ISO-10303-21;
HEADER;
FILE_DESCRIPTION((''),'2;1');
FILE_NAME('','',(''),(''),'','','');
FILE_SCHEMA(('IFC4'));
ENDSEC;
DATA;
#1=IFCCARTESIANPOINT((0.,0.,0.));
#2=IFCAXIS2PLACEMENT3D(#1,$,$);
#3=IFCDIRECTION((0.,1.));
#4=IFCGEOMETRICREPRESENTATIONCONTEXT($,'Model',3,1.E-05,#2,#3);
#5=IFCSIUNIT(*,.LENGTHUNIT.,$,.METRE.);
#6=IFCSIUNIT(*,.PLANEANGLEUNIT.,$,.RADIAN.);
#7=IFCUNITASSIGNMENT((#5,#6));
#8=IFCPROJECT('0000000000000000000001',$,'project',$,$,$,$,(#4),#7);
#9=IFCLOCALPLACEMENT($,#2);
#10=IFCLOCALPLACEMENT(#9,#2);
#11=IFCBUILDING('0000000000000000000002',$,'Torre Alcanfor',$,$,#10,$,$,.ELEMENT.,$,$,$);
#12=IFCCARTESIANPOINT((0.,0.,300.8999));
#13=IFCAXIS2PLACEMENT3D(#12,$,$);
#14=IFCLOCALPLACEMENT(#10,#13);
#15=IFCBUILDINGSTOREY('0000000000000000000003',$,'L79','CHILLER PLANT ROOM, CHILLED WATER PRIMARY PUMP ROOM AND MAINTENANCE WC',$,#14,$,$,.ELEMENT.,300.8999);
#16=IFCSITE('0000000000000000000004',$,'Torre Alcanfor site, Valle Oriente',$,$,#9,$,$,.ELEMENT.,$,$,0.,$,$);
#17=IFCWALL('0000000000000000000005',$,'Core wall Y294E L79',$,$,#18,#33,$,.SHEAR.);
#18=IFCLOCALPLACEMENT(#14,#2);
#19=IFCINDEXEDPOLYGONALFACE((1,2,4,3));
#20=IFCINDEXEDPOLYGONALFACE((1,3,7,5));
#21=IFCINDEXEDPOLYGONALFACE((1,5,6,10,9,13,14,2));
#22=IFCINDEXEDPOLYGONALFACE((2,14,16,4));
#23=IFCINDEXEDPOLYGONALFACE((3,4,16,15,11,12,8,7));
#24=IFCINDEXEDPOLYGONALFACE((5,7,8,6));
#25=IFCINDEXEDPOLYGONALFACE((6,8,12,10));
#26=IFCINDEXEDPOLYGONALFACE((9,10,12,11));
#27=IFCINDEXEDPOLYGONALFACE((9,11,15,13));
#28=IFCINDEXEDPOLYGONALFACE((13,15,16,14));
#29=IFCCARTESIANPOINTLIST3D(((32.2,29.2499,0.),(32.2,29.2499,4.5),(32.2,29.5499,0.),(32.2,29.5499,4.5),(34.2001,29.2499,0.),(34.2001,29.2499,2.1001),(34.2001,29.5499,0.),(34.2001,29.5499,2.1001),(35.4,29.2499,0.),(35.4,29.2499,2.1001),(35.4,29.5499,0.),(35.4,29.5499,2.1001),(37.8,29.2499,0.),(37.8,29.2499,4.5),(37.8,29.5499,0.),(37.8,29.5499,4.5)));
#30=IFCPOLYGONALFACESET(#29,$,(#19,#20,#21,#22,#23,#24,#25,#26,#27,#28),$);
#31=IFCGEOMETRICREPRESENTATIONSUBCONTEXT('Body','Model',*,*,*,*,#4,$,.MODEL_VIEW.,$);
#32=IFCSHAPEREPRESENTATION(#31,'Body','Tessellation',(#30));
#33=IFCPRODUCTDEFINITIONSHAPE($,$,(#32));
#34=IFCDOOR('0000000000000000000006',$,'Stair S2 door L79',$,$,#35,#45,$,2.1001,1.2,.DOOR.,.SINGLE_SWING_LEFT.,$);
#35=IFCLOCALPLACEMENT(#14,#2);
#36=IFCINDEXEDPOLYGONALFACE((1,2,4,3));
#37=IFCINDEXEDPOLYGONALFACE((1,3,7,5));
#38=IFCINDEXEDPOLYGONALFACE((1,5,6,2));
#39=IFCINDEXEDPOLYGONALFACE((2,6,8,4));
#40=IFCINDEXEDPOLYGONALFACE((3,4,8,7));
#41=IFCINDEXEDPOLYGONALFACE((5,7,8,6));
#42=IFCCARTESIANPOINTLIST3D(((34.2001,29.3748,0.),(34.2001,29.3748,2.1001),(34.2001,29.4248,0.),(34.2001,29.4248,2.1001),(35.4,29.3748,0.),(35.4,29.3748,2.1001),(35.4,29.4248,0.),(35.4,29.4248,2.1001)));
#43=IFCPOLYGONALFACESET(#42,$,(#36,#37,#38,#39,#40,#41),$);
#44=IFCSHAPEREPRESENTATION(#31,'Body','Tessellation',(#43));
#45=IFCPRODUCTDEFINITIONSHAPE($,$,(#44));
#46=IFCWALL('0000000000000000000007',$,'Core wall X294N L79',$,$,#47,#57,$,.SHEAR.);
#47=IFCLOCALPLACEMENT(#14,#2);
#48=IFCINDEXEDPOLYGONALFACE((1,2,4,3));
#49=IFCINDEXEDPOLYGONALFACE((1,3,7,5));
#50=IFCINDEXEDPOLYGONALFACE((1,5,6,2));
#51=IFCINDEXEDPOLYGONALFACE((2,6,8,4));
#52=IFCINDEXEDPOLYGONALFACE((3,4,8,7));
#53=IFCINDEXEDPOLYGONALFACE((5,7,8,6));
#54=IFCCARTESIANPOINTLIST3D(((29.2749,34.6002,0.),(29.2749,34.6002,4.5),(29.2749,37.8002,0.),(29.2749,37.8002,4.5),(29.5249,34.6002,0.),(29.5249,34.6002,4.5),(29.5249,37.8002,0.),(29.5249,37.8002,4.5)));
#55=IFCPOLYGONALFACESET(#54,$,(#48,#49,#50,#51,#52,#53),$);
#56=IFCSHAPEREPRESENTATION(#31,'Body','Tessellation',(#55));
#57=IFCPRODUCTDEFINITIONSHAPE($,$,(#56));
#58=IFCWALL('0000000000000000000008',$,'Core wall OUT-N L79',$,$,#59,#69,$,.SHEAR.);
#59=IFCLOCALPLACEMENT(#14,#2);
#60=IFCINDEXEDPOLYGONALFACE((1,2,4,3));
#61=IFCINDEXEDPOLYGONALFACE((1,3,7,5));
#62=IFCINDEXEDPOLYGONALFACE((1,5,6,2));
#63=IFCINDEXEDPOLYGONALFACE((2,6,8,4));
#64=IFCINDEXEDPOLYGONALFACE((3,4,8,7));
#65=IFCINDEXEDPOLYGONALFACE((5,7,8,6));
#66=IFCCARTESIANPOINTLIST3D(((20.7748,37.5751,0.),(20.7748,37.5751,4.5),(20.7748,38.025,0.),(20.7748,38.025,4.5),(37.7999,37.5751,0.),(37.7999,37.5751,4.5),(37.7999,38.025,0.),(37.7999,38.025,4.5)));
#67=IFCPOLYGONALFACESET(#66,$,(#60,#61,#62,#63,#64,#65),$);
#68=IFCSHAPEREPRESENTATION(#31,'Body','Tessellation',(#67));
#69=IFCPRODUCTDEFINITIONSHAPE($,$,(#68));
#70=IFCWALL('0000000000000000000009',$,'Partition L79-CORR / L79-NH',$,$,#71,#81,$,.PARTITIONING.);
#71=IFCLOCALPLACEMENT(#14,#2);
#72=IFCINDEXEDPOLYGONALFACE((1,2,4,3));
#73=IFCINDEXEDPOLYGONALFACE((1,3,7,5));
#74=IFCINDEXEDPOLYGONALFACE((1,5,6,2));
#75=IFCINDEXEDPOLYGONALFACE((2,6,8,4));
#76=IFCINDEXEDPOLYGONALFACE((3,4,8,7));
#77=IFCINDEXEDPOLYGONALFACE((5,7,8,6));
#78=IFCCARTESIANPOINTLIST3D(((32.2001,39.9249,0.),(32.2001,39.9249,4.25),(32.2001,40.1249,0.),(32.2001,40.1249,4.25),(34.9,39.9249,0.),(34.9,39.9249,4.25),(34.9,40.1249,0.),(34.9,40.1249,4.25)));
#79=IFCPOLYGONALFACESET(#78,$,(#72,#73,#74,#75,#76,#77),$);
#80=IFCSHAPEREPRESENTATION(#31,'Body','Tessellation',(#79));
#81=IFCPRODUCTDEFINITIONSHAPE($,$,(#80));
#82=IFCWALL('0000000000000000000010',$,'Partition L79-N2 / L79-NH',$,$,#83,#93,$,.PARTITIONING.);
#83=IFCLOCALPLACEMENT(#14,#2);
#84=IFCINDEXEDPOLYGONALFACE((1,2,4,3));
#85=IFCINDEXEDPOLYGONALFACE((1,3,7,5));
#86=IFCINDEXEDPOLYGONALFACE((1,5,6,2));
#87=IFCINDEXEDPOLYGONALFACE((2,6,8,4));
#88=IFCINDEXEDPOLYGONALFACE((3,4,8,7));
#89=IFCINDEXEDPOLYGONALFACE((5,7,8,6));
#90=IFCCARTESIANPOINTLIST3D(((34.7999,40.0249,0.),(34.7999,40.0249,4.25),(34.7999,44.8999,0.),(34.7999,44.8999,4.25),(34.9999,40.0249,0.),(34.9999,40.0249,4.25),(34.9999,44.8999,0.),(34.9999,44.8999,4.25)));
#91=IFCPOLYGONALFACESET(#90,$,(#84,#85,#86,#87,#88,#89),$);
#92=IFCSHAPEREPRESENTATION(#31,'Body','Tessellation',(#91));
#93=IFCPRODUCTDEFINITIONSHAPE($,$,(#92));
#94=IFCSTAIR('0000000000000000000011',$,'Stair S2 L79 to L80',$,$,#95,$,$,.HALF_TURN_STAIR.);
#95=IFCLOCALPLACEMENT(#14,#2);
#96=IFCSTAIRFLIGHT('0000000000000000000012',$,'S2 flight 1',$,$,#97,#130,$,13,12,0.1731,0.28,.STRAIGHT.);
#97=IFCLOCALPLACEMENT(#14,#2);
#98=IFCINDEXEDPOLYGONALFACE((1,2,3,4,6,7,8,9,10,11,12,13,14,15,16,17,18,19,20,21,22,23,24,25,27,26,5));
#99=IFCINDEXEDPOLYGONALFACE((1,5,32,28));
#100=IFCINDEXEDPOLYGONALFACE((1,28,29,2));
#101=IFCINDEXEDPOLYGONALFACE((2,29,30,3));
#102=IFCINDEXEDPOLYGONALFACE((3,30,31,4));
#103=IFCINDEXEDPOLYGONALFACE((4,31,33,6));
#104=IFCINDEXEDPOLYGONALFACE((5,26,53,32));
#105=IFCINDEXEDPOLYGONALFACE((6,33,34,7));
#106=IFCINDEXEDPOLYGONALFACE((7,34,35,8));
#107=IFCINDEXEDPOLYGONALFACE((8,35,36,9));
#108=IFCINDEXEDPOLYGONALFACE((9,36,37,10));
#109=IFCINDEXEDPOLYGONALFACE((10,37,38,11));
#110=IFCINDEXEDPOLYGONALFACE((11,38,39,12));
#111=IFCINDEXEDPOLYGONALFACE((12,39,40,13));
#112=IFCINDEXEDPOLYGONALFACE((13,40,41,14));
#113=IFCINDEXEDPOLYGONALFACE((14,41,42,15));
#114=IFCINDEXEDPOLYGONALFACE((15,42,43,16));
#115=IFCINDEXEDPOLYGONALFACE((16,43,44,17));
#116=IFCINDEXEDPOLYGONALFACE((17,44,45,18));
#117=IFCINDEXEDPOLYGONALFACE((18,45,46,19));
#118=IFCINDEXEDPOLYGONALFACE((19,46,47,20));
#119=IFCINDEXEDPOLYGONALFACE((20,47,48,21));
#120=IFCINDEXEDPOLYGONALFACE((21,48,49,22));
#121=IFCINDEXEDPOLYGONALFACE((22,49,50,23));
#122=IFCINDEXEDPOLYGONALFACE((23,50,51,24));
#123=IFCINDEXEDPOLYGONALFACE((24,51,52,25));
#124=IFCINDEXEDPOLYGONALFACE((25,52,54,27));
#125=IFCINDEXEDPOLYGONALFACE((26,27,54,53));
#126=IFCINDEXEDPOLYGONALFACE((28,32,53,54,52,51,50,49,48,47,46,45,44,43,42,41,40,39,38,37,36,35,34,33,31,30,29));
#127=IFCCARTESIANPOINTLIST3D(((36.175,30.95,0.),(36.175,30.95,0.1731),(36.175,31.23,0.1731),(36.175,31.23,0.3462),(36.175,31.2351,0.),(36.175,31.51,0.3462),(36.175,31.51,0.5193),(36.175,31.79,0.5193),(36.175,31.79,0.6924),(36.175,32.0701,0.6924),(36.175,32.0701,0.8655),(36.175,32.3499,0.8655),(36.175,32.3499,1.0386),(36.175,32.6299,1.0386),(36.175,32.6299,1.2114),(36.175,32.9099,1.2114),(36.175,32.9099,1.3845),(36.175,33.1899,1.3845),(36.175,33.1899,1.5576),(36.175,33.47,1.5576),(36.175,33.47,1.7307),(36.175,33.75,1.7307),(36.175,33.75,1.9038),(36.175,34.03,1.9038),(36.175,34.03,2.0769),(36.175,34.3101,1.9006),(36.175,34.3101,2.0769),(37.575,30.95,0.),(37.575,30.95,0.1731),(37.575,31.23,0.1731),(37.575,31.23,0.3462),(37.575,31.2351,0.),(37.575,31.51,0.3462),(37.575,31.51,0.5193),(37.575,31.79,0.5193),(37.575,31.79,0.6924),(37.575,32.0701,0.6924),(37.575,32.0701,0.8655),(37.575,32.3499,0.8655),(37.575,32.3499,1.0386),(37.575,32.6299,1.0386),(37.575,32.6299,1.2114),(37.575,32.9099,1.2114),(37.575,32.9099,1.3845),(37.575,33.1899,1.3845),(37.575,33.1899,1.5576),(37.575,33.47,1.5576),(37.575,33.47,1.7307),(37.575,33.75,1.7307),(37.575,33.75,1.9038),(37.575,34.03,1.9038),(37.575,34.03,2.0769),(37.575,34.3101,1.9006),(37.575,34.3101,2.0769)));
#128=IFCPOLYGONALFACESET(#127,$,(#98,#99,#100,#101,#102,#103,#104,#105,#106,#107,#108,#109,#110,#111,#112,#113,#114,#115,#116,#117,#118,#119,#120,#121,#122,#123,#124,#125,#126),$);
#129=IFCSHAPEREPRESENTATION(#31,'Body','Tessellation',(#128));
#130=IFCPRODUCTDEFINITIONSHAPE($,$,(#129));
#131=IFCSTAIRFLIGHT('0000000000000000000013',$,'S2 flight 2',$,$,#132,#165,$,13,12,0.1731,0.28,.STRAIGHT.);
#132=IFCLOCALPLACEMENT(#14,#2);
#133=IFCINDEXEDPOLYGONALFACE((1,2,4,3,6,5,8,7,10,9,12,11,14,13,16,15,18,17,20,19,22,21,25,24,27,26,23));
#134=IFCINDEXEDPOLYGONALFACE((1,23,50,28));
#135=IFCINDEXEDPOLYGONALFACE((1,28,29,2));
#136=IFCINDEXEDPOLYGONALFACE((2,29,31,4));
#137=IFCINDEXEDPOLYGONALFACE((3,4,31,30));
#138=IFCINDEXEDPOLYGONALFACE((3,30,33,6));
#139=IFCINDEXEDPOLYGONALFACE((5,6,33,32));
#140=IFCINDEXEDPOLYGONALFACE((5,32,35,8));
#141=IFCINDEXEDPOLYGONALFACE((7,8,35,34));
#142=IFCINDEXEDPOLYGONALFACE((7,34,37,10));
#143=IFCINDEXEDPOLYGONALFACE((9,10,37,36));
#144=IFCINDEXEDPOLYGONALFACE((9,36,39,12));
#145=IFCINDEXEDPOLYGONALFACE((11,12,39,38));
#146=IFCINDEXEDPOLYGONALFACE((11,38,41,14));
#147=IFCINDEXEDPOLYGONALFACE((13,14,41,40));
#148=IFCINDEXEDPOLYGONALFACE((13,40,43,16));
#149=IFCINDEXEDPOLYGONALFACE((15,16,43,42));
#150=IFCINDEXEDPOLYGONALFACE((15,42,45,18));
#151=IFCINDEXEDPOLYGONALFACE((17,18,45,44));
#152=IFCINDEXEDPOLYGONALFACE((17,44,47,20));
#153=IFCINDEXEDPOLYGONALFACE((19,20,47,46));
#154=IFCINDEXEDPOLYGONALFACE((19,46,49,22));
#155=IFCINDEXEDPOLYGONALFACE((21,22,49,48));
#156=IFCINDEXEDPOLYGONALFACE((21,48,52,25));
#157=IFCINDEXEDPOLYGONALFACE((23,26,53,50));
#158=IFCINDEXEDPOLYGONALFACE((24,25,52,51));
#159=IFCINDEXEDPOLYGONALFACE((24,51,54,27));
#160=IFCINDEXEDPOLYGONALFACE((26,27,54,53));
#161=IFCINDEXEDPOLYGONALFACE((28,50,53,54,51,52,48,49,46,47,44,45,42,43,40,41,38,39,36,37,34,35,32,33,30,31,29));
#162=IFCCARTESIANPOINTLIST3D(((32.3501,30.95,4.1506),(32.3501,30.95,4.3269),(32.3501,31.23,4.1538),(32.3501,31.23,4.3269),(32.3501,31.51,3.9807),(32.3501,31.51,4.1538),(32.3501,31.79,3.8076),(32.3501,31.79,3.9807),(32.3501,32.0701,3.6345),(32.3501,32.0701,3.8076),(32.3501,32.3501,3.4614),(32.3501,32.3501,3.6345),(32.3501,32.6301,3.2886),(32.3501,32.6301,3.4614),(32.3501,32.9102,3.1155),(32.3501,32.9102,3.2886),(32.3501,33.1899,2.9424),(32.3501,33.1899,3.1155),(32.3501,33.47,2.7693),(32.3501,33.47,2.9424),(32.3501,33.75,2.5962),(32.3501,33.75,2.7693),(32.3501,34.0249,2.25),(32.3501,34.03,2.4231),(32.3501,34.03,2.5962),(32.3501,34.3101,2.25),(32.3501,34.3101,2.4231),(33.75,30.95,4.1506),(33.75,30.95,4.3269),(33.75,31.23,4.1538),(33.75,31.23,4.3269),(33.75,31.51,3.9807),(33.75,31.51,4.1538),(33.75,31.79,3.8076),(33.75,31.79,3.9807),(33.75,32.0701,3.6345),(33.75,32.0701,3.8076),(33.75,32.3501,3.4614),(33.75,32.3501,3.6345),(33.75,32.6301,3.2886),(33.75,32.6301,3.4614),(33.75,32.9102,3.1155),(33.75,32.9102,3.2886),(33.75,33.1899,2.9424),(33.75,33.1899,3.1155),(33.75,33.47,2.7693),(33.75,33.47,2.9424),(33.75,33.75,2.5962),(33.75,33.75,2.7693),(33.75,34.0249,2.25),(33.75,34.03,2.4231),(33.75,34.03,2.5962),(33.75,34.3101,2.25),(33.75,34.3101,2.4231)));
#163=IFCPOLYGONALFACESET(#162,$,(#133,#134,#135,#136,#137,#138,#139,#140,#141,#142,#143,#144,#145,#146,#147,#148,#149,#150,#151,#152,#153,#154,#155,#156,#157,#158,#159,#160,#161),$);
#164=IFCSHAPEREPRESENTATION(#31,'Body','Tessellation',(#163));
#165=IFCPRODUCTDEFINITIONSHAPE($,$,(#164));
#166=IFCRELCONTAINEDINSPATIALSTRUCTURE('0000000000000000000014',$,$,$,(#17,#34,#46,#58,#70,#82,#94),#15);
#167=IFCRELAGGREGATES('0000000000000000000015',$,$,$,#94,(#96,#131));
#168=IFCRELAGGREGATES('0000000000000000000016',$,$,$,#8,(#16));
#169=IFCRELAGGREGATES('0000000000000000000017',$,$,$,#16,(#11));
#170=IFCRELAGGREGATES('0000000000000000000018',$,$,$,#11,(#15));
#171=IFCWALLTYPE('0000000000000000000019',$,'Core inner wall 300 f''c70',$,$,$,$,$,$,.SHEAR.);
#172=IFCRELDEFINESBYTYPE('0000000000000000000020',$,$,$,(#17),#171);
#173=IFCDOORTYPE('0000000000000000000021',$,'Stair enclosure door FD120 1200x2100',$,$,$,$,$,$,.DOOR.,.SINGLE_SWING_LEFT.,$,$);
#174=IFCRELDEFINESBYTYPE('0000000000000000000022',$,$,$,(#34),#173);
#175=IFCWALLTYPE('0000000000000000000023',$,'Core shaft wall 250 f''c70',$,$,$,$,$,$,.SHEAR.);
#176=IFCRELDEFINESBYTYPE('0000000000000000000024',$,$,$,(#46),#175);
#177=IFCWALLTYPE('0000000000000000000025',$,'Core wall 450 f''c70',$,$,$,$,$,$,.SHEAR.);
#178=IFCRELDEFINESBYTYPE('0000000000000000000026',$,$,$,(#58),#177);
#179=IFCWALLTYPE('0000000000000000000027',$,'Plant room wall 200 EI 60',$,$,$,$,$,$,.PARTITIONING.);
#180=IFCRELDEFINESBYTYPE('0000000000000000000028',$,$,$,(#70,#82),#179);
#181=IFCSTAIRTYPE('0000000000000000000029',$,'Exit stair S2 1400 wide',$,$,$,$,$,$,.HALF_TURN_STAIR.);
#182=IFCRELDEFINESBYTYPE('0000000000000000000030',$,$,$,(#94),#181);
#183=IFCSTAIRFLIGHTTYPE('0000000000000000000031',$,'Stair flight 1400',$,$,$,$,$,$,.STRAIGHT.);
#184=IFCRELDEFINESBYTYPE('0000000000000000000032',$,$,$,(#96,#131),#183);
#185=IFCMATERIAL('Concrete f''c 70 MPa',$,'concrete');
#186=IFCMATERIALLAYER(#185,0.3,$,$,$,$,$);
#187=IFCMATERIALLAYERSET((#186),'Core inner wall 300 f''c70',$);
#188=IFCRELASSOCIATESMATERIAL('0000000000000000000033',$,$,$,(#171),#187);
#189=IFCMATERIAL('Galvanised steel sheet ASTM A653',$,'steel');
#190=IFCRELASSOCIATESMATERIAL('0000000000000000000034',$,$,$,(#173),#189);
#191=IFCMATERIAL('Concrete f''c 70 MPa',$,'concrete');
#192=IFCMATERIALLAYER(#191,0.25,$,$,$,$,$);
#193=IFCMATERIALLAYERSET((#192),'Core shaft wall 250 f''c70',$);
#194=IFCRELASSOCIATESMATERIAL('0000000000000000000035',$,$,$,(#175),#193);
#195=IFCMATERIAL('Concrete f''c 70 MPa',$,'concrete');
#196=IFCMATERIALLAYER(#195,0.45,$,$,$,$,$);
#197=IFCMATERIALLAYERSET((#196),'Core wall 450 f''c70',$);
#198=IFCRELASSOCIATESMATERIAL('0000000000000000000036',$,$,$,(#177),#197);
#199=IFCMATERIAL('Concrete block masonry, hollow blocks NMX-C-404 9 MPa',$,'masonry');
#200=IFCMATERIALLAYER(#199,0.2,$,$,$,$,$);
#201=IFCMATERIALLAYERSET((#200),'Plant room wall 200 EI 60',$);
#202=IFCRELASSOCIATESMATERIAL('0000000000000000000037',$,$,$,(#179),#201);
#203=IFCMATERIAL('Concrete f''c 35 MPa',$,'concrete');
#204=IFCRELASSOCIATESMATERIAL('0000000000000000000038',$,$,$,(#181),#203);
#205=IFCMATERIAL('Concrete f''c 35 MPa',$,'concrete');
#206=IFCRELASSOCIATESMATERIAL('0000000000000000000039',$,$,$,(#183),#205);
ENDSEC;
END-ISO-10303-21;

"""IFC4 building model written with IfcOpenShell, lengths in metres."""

from ifc_helpers import new_model, si_unit, direction, frame, frame_2d, origin, place, context, subcontext, project, spatial, polyline, rectangle, outline, extrude, material, layer, layer_set, type_object, element, fill, aggregate, save


model = new_model("IFC4")

# Units and contexts
model_context = context("Model", 3, precision=1e-05, world=origin(), true_north=direction((0.0, 1.0)))
body_context = subcontext(model_context, "Body", "Model", "MODEL_VIEW")
ifc_project = project(units=[si_unit("LENGTHUNIT", "METRE"), si_unit("PLANEANGLEUNIT", "RADIAN")], contexts=[model_context])

# Site, building, storey
site_placement = place(None, origin())
site = spatial("IfcSite", under=ifc_project, at=site_placement, Name="Torre Alcanfor site, Valle Oriente", CompositionType="ELEMENT", RefElevation=0.0)
building_placement = place(site_placement, origin())
building = spatial("IfcBuilding", under=site, at=building_placement, Name="Torre Alcanfor", CompositionType="ELEMENT")
storey_placement = place(building_placement, frame((0.0, 0.0, 300.8999)))
storey = spatial("IfcBuildingStorey", under=building, at=storey_placement, Name="L79", Description="CHILLER PLANT ROOM, CHILLED WATER PRIMARY PUMP ROOM AND MAINTENANCE WC", CompositionType="ELEMENT", Elevation=300.8999)

# Wall, opening, door
ifc_material_1 = material(Name="Concrete f'c 70 MPa", Category="concrete")
ifc_layer_1 = layer(ifc_material_1, 0.3)
ifc_layer_set_1 = layer_set([ifc_layer_1], Name="Core inner wall 300 f'c70")
wall_type_1 = type_object("IfcWallType", Name="Core inner wall 300 f'c70", PredefinedType="SHEAR", material=ifc_layer_set_1)
wall_1_placement = place(storey_placement, frame((32.2, 29.3999, 0.0), z_axis=(0.0, 0.0, 1.0), x_axis=(1.0, 0.0, 0.0)))
wall_1 = element("IfcWall", 1, at=wall_1_placement, inside=storey, type_object=wall_type_1, Name="Core wall Y294E L79", PredefinedType="SHEAR", context=body_context, shape_type="SweptSolid", body=[
    extrude(rectangle(XDim=5.6001, YDim=0.3, at=frame_2d((2.8, 0.0))), origin(), (0.0, 0.0, 1.0), 4.5),
])
opening_1_placement = place(wall_1_placement, frame((2.0, 0.0, 0.0)))
opening_1 = element("IfcOpeningElement", 2, at=opening_1_placement, cuts=wall_1, PredefinedType="OPENING", context=body_context, shape_type="SweptSolid", body=[
    extrude(rectangle(XDim=1.2, YDim=2.1001, at=frame_2d((0.6001, 1.05))), frame((0.0, 0.1599, 0.0), z_axis=(0.0, -1.0, 0.0), x_axis=(1.0, 0.0, 0.0)), (0.0, 0.0, 1.0), 0.3201),
])
ifc_material_2 = material(Name="Galvanised steel sheet ASTM A653", Category="steel")
door_type_1 = type_object("IfcDoorType", Name="Stair enclosure door FD120 1200x2100", OperationType="SINGLE_SWING_LEFT", PredefinedType="DOOR", material=ifc_material_2)
door_1_placement = place(opening_1_placement, origin())
door_1 = element("IfcDoor", 3, at=door_1_placement, inside=storey, type_object=door_type_1, Name="Stair S2 door L79", OperationType="SINGLE_SWING_LEFT", OverallHeight=2.1001, OverallWidth=1.2, PredefinedType="DOOR", context=body_context, shape_type="SweptSolid", body=[
    extrude(rectangle(XDim=1.2, YDim=2.1001, at=frame_2d((0.6001, 1.05))), frame((0.0, 0.0249, 0.0), z_axis=(0.0, -1.0, 0.0), x_axis=(1.0, 0.0, 0.0)), (0.0, 0.0, 1.0), 0.05),
])
fill(opening_1, door_1)

# Walls
ifc_material_3 = material(Name="Concrete f'c 70 MPa", Category="concrete")
ifc_layer_2 = layer(ifc_material_3, 0.25)
ifc_layer_set_2 = layer_set([ifc_layer_2], Name="Core shaft wall 250 f'c70")
wall_type_2 = type_object("IfcWallType", Name="Core shaft wall 250 f'c70", PredefinedType="SHEAR", material=ifc_layer_set_2)
wall_2_placement = place(storey_placement, frame((29.3999, 34.6001, 0.0), z_axis=(0.0, 0.0, 1.0), x_axis=(0.0, 1.0, 0.0)))
element("IfcWall", 4, at=wall_2_placement, inside=storey, type_object=wall_type_2, Name="Core wall X294N L79", PredefinedType="SHEAR", context=body_context, shape_type="SweptSolid", body=[
    extrude(rectangle(XDim=3.2, YDim=0.25, at=frame_2d((1.6001, 0.0))), origin(), (0.0, 0.0, 1.0), 4.5),
])
ifc_material_4 = material(Name="Concrete f'c 70 MPa", Category="concrete")
ifc_layer_3 = layer(ifc_material_4, 0.45)
ifc_layer_set_3 = layer_set([ifc_layer_3], Name="Core wall 450 f'c70")
wall_type_3 = type_object("IfcWallType", Name="Core wall 450 f'c70", PredefinedType="SHEAR", material=ifc_layer_set_3)
wall_3_placement = place(storey_placement, frame((37.8, 37.8, 0.0), z_axis=(0.0, 0.0, 1.0), x_axis=(-1.0, 0.0, 0.0)))
element("IfcWall", 5, at=wall_3_placement, inside=storey, type_object=wall_type_3, Name="Core wall OUT-N L79", PredefinedType="SHEAR", context=body_context, shape_type="SweptSolid", body=[
    extrude(rectangle(XDim=17.0251, YDim=0.45, at=frame_2d((8.5127, 0.0))), origin(), (0.0, 0.0, 1.0), 4.5),
])

# Shared definitions
ifc_material_5 = material(Name="Concrete block masonry, hollow blocks NMX-C-404 9 MPa", Category="masonry")
ifc_layer_4 = layer(ifc_material_5, 0.2)
ifc_layer_set_4 = layer_set([ifc_layer_4], Name="Plant room wall 200 EI 60")
wall_type_4 = type_object("IfcWallType", Name="Plant room wall 200 EI 60", PredefinedType="PARTITIONING", material=ifc_layer_set_4)

# Walls
wall_4_placement = place(storey_placement, frame((32.2, 40.0249, 0.0), z_axis=(0.0, 0.0, 1.0), x_axis=(1.0, 0.0, 0.0)))
element("IfcWall", 6, at=wall_4_placement, inside=storey, type_object=wall_type_4, Name="Partition L79-CORR / L79-NH", PredefinedType="PARTITIONING", context=body_context, shape_type="SweptSolid", body=[
    extrude(rectangle(XDim=2.7, YDim=0.2, at=frame_2d((1.3501, 0.0))), origin(), (0.0, 0.0, 1.0), 4.25),
])
wall_5_placement = place(storey_placement, frame((34.8999, 40.0249, 0.0), z_axis=(0.0, 0.0, 1.0), x_axis=(0.0, 1.0, 0.0)))
element("IfcWall", 7, at=wall_5_placement, inside=storey, type_object=wall_type_4, Name="Partition L79-N2 / L79-NH", PredefinedType="PARTITIONING", context=body_context, shape_type="SweptSolid", body=[
    extrude(rectangle(XDim=4.875, YDim=0.2, at=frame_2d((2.4375, 0.0))), origin(), (0.0, 0.0, 1.0), 4.25),
])

# Stair, stair flights
ifc_material_6 = material(Name="Concrete f'c 35 MPa", Category="concrete")
stair_type = type_object("IfcStairType", Name="Exit stair S2 1400 wide", PredefinedType="HALF_TURN_STAIR", material=ifc_material_6)
stair_placement = place(storey_placement, origin())
stair = element("IfcStair", 8, at=stair_placement, inside=storey, type_object=stair_type, Name="Stair S2 L79 to L80", PredefinedType="HALF_TURN_STAIR")
ifc_material_7 = material(Name="Concrete f'c 35 MPa", Category="concrete")
stair_flight_type = type_object("IfcStairFlightType", Name="Stair flight 1400", PredefinedType="STRAIGHT", material=ifc_material_7)
stair_flight_1_placement = place(storey_placement, frame((36.875, 30.95, 0.0), z_axis=(0.0, 0.0, 1.0), x_axis=(0.0, 1.0, 0.0)))
stair_flight_1 = element("IfcStairFlight", 9, at=stair_flight_1_placement, type_object=stair_flight_type, Name="S2 flight 1", NumberOfRisers=13, NumberOfTreads=12, PredefinedType="STRAIGHT", RiserHeight=0.1731, TreadLength=0.28, context=body_context, shape_type="SweptSolid", body=[
    extrude(outline(polyline([(0.0, 0.0), (0.0, 0.1731), (0.28, 0.1731), (0.28, 0.3462), (0.5601, 0.3462), (0.5601, 0.5193), (0.8401, 0.5193), (0.8401, 0.6924), (1.1201, 0.6924), (1.1201, 0.8655), (1.3999, 0.8655), (1.3999, 1.0386), (1.6799, 1.0386), (1.6799, 1.2114), (1.96, 1.2114), (1.96, 1.3845), (2.24, 1.3845), (2.24, 1.5576), (2.52, 1.5576), (2.52, 1.7307), (2.8, 1.7307), (2.8, 1.9038), (3.0801, 1.9038), (3.0801, 2.0769), (3.3601, 2.0769), (3.3601, 2.25), (3.3601, 1.9006), (0.2852, 0.0), (0.0, 0.0)])), frame((0.0, 0.7, 0.0), z_axis=(0.0, -1.0, 0.0), x_axis=(1.0, 0.0, 0.0)), (0.0, 0.0, 1.0), 1.3999),
])
stair_flight_2_placement = place(storey_placement, frame((33.05, 34.3101, 2.25), z_axis=(0.0, 0.0, 1.0), x_axis=(0.0, -1.0, 0.0)))
stair_flight_2 = element("IfcStairFlight", 10, at=stair_flight_2_placement, type_object=stair_flight_type, Name="S2 flight 2", NumberOfRisers=13, NumberOfTreads=12, PredefinedType="STRAIGHT", RiserHeight=0.1731, TreadLength=0.28, context=body_context, shape_type="SweptSolid", body=[
    extrude(outline(polyline([(0.0, 0.0), (0.0, 0.1731), (0.28, 0.1731), (0.28, 0.3462), (0.5601, 0.3462), (0.5601, 0.5193), (0.8401, 0.5193), (0.8401, 0.6924), (1.1201, 0.6924), (1.1201, 0.8655), (1.3999, 0.8655), (1.3999, 1.0386), (1.6799, 1.0386), (1.6799, 1.2114), (1.96, 1.2114), (1.96, 1.3845), (2.24, 1.3845), (2.24, 1.5576), (2.52, 1.5576), (2.52, 1.7307), (2.8, 1.7307), (2.8, 1.9038), (3.0801, 1.9038), (3.0801, 2.0769), (3.3601, 2.0769), (3.3601, 2.25), (3.3601, 1.9006), (0.2852, 0.0), (0.0, 0.0)])), frame((0.0, 0.7, 0.0), z_axis=(0.0, -1.0, 0.0), x_axis=(1.0, 0.0, 0.0)), (0.0, 0.0, 1.0), 1.3999),
])
aggregate(stair, [stair_flight_1, stair_flight_2])

save(model, "model.ifc")
